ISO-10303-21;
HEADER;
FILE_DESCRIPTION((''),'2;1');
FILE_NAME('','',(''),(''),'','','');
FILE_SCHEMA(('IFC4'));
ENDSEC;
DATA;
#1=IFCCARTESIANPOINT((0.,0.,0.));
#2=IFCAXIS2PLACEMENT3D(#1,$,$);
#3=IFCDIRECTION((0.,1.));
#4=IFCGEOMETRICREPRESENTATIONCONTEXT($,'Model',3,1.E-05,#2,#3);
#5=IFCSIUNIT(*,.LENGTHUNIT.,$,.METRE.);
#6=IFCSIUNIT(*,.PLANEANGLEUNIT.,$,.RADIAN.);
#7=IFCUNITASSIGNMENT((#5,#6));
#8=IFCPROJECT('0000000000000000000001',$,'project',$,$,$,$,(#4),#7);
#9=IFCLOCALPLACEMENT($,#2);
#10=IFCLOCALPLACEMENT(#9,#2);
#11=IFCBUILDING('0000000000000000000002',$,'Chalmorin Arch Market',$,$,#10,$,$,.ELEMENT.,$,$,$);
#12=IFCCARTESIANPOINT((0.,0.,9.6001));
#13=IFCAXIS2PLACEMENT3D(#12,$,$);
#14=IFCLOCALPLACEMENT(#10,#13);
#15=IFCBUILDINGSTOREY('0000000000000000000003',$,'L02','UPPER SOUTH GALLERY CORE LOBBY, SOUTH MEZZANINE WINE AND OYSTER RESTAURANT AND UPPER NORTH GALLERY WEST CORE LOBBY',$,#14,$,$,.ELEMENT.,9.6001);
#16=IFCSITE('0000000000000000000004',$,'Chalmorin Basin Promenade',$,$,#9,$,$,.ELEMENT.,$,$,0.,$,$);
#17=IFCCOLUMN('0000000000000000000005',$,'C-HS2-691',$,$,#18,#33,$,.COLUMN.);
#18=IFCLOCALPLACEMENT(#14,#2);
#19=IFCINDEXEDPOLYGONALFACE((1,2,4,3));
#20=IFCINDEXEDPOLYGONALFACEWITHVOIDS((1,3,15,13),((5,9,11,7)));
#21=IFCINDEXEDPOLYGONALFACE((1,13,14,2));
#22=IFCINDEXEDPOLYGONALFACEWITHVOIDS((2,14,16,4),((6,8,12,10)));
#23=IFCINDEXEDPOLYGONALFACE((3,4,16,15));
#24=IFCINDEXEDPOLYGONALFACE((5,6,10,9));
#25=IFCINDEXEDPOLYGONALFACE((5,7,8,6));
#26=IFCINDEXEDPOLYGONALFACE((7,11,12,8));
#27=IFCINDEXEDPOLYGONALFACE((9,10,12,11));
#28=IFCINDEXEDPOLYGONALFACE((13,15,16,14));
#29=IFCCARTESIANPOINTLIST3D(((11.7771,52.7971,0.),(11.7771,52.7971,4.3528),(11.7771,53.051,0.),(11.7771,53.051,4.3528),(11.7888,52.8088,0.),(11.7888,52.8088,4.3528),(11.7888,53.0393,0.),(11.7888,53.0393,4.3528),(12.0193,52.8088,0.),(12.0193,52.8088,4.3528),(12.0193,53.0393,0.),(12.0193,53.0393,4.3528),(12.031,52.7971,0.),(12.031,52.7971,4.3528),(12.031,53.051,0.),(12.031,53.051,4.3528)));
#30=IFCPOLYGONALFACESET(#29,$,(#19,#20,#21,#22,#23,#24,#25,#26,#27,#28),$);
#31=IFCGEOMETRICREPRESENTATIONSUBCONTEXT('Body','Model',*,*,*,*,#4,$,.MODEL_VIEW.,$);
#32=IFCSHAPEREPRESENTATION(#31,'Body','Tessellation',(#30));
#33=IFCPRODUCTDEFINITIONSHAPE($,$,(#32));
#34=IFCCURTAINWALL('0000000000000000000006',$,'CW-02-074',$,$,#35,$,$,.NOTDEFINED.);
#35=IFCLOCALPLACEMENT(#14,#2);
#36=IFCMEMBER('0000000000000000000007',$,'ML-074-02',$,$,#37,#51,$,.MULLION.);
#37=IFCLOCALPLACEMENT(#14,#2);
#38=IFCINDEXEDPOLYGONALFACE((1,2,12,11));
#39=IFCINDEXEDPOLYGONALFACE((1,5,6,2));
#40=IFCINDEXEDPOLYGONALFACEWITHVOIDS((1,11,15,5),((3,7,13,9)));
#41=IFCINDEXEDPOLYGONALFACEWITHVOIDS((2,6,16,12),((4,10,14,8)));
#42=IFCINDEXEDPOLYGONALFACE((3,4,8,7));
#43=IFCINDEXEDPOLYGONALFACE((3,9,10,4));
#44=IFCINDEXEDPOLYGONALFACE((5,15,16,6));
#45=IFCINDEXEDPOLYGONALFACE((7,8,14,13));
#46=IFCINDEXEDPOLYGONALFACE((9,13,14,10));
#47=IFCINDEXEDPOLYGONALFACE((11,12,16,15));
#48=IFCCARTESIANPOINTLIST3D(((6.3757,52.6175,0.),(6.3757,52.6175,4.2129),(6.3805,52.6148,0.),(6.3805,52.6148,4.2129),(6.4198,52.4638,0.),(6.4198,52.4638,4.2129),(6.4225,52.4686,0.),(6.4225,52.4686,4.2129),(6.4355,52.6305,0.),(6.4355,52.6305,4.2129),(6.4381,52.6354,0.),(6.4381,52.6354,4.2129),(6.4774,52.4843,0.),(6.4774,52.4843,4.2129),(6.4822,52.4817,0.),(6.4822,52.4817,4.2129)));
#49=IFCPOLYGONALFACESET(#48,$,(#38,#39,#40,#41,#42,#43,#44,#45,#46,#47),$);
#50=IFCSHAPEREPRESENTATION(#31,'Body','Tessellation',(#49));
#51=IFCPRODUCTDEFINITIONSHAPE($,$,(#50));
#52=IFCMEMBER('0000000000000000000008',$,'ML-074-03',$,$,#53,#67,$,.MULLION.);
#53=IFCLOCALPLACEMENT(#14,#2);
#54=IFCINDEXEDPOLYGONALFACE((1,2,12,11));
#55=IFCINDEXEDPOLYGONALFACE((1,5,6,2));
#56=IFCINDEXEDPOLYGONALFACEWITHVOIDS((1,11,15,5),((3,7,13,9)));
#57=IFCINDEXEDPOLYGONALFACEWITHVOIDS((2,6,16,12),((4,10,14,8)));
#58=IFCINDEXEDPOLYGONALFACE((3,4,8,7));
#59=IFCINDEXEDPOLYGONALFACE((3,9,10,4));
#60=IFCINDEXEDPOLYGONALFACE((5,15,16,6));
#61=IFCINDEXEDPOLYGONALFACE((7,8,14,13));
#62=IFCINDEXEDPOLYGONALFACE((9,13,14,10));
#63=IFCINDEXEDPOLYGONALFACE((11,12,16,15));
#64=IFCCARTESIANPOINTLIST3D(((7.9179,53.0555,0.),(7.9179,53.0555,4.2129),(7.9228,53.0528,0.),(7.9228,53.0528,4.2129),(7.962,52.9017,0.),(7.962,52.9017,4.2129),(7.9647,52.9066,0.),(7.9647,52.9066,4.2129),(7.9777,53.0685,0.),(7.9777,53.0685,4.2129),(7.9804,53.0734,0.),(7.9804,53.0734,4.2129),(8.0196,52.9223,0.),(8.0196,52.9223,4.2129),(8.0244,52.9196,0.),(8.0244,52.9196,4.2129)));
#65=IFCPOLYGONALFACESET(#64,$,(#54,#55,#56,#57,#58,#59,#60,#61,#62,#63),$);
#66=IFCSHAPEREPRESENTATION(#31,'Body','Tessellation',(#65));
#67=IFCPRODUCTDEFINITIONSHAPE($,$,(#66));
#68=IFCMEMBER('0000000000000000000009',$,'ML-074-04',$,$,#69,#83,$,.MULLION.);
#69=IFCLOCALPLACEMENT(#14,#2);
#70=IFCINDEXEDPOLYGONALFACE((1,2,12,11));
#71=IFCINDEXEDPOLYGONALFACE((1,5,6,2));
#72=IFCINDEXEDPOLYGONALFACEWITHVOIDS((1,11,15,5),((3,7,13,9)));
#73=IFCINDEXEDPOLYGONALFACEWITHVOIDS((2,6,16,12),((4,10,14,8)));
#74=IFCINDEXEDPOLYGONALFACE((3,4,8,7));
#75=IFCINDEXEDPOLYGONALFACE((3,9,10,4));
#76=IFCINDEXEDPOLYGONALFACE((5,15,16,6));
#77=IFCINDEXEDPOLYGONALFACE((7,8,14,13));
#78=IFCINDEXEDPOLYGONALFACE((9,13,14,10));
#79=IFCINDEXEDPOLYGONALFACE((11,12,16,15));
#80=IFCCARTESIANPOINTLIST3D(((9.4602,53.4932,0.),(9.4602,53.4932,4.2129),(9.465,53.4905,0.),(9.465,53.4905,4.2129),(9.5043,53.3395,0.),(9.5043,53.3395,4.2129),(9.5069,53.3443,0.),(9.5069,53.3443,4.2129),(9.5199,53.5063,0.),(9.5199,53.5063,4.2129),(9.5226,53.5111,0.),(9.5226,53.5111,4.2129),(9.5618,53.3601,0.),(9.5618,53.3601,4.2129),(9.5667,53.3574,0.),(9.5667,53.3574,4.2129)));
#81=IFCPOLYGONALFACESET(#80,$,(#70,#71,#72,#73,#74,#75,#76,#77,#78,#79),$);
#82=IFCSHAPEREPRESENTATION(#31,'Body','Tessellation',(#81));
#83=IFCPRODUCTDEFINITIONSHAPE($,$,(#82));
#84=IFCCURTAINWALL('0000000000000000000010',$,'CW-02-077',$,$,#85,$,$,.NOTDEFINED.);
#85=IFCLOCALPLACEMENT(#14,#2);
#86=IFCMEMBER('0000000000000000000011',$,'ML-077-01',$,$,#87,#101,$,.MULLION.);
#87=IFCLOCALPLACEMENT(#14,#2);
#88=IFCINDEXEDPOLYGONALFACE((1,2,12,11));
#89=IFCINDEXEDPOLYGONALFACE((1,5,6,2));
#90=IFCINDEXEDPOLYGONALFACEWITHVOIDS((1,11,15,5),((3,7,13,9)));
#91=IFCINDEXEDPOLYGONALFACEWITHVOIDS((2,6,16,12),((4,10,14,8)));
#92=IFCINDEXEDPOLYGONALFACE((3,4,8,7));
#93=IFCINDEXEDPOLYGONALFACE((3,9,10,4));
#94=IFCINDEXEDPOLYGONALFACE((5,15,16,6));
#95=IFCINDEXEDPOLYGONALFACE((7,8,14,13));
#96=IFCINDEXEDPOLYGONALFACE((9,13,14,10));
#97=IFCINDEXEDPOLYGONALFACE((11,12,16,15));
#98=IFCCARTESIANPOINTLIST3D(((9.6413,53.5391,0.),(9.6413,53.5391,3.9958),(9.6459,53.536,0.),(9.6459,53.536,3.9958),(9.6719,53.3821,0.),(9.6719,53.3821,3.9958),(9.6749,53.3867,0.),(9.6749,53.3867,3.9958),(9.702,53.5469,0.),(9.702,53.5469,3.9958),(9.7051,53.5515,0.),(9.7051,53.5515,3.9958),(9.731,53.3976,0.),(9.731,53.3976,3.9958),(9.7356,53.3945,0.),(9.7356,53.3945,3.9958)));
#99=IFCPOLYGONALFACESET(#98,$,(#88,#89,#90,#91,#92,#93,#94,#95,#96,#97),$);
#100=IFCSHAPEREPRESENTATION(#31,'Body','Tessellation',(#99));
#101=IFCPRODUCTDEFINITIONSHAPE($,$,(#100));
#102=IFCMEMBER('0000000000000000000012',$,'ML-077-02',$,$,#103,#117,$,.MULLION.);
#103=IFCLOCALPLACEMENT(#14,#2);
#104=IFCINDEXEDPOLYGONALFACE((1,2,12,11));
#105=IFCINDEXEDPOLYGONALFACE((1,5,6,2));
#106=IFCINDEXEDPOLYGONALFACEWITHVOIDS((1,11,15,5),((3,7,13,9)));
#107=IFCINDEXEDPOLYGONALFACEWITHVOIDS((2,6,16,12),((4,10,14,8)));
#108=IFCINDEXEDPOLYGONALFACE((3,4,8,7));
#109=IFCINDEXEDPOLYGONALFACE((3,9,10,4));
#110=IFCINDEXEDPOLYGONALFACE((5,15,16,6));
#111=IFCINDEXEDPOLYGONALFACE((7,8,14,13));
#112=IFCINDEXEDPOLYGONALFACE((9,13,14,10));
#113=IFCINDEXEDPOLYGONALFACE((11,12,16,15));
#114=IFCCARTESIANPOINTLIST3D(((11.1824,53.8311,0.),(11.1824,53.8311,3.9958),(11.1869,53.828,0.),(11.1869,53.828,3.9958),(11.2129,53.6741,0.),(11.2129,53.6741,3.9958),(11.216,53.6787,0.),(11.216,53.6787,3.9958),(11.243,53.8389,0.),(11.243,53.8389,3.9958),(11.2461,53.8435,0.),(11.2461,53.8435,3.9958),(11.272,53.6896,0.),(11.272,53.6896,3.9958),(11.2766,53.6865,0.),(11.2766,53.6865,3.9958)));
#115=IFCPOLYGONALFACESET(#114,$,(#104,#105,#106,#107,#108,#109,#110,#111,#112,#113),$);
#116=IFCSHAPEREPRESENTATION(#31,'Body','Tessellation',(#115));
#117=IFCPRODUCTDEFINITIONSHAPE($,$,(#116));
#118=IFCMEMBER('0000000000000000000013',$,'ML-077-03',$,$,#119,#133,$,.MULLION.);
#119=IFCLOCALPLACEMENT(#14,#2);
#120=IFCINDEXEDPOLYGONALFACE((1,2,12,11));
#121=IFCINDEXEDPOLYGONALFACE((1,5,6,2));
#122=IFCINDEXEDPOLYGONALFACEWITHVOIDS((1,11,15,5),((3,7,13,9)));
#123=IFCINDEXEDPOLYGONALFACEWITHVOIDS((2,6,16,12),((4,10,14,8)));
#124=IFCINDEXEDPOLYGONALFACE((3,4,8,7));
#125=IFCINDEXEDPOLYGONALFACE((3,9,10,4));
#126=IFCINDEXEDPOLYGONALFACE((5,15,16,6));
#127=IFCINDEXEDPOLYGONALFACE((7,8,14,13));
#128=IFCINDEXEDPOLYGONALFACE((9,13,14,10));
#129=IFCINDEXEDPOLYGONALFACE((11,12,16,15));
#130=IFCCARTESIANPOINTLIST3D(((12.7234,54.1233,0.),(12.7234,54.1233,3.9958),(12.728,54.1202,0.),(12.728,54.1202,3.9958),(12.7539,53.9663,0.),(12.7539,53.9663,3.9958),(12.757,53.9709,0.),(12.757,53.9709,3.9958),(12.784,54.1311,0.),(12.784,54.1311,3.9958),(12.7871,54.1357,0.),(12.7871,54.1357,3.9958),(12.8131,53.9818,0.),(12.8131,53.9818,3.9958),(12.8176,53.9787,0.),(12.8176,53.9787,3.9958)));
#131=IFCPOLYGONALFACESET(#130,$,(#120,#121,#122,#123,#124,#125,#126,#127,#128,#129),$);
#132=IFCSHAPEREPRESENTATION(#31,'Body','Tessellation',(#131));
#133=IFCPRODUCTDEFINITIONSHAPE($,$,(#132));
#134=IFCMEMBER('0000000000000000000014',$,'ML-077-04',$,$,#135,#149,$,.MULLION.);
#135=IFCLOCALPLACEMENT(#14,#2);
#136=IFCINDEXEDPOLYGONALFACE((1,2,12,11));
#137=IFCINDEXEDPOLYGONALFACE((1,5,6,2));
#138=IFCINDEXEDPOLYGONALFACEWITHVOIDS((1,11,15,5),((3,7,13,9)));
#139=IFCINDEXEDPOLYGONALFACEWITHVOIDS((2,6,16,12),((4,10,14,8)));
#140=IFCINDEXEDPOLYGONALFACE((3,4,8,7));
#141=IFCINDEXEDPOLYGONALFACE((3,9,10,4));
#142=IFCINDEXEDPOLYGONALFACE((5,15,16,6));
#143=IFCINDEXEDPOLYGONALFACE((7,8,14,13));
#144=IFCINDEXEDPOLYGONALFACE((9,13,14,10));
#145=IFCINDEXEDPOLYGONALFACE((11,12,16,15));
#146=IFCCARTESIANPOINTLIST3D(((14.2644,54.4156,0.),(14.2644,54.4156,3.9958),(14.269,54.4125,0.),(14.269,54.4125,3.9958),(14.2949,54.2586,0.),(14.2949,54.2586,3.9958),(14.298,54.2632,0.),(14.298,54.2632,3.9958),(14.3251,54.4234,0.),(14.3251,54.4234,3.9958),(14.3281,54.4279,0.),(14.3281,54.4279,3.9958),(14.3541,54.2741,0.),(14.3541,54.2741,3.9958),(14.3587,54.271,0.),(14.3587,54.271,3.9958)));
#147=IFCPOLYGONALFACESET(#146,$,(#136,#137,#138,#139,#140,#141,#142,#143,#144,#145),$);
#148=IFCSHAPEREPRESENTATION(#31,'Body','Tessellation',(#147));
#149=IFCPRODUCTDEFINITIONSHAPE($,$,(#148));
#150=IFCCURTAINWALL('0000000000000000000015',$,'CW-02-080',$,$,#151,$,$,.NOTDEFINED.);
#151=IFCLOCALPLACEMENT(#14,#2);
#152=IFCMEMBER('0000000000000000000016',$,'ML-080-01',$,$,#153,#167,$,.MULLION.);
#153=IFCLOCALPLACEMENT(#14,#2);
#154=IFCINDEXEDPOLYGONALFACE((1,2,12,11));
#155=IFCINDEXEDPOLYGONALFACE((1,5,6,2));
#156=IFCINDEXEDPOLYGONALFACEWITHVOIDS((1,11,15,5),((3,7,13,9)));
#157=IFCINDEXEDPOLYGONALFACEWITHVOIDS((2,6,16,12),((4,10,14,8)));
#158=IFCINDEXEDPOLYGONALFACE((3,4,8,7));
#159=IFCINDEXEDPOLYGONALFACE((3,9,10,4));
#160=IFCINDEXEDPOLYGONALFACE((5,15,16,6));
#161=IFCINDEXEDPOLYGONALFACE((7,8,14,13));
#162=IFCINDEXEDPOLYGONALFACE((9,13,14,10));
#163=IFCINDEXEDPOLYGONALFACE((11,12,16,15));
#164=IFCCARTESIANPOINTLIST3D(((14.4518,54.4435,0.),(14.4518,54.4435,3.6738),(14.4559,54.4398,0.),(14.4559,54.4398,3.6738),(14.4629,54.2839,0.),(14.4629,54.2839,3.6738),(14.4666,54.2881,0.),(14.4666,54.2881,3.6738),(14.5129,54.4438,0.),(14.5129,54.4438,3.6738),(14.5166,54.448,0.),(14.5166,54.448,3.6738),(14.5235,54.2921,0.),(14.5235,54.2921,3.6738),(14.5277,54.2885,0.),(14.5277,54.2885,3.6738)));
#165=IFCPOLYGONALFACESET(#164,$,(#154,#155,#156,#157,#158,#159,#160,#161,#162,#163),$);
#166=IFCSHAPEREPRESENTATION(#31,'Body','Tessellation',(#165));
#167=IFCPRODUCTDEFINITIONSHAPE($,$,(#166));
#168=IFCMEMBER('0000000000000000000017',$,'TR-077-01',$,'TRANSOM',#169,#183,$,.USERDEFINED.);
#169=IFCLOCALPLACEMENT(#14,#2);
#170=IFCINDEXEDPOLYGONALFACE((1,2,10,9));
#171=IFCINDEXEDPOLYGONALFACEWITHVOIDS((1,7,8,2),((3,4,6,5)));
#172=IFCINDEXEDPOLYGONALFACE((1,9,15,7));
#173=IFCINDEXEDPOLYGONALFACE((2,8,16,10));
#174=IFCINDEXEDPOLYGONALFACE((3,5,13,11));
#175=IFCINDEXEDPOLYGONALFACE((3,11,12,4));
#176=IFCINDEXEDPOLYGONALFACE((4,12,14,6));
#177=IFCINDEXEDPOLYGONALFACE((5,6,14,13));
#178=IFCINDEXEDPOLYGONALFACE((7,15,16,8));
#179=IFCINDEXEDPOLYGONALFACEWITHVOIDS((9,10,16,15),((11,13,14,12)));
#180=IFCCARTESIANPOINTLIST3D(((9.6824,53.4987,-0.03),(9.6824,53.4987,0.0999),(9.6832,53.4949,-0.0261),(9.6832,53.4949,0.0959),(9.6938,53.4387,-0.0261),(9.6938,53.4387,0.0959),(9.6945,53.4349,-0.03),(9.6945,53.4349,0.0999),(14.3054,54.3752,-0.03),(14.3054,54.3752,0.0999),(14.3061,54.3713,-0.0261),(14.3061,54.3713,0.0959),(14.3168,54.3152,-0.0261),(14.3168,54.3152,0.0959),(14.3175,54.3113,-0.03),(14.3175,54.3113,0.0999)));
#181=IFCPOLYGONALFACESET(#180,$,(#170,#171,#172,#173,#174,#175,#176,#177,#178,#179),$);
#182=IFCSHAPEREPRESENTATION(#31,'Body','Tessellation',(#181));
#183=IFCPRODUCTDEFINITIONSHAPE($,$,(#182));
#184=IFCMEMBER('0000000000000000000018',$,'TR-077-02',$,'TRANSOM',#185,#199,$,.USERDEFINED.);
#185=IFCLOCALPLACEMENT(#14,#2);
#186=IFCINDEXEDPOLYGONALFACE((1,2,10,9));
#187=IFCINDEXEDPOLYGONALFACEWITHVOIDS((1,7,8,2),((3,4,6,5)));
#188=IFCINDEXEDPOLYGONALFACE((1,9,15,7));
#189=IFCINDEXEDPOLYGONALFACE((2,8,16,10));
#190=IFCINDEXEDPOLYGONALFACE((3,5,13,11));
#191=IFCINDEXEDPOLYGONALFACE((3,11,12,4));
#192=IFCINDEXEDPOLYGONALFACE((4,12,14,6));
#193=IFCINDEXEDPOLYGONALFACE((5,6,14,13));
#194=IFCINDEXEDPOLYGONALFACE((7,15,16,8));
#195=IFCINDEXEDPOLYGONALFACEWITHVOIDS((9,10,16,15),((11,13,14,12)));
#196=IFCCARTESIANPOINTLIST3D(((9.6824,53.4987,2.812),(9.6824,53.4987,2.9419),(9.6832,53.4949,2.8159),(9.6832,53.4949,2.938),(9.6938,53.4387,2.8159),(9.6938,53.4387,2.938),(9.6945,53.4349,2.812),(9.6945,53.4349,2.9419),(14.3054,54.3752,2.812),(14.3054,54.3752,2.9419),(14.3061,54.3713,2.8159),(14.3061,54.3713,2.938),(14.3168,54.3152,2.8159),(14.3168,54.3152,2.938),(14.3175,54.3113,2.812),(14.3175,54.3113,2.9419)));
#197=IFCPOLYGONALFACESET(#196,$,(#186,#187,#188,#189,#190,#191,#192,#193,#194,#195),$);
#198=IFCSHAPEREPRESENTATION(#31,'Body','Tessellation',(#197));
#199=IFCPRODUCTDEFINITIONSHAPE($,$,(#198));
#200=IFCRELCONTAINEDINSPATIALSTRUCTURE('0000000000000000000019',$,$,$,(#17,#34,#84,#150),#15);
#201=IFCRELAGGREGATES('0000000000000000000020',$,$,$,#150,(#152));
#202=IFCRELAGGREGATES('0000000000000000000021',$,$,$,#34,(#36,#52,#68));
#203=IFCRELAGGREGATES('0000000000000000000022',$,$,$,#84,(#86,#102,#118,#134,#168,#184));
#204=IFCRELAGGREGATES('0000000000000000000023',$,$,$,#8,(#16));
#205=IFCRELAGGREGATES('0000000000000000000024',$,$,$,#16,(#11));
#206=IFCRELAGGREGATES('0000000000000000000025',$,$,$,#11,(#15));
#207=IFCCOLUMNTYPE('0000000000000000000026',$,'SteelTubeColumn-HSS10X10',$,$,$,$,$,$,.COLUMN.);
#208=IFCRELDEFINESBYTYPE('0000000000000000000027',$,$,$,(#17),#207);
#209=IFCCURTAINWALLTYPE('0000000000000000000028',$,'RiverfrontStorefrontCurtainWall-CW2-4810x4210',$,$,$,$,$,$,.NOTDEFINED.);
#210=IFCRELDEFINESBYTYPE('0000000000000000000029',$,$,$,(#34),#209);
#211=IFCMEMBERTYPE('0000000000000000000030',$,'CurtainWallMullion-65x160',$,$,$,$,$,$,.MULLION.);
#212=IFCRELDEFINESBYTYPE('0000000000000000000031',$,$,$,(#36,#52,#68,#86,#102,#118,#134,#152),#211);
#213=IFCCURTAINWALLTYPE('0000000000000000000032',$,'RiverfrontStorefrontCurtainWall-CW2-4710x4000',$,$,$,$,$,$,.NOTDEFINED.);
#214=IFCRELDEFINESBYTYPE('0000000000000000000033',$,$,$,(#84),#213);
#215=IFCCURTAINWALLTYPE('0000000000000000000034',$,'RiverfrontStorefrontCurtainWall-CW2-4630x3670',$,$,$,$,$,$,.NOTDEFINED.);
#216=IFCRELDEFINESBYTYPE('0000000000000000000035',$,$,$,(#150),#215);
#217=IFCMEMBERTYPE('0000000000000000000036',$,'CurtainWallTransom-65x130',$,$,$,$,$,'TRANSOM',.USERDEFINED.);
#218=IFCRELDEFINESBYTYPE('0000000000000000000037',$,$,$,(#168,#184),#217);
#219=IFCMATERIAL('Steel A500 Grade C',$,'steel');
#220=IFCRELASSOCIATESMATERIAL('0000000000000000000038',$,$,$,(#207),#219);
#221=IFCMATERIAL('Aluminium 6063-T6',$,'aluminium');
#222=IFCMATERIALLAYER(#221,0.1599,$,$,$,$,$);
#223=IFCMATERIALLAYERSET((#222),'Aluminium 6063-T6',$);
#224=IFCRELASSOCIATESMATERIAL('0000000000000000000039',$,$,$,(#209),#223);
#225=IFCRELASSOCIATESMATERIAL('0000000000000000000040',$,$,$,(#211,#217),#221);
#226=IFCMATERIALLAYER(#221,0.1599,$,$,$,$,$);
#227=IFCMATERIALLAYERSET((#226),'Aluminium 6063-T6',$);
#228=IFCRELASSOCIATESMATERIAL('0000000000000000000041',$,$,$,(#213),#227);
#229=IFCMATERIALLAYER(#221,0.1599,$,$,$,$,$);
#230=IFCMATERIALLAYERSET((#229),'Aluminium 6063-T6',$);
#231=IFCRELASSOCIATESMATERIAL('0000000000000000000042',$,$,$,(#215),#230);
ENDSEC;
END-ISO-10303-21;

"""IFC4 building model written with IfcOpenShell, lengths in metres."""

from ifc_helpers import new_model, si_unit, direction, frame, origin, origin_2d, place, context, subcontext, project, spatial, hollow_rectangle, extrude, material, layer, layer_set, material_profile, profile_set, type_object, element, aggregate, save


model = new_model("IFC4")

# Units and contexts
model_context = context("Model", 3, precision=1e-05, world=origin(), true_north=direction((0.0, 1.0)))
body_context = subcontext(model_context, "Body", "Model", "MODEL_VIEW")
ifc_project = project(units=[si_unit("LENGTHUNIT", "METRE"), si_unit("PLANEANGLEUNIT", "RADIAN")], contexts=[model_context])

# Site, building, storey
site_placement = place(None, origin())
site = spatial("IfcSite", under=ifc_project, at=site_placement, Name="Chalmorin Basin Promenade", CompositionType="ELEMENT", RefElevation=0.0)
building_placement = place(site_placement, origin())
building = spatial("IfcBuilding", under=site, at=building_placement, Name="Chalmorin Arch Market", CompositionType="ELEMENT")
storey_placement = place(building_placement, frame((0.0, 0.0, 9.6001)))
storey = spatial("IfcBuildingStorey", under=building, at=storey_placement, Name="L02", Description="UPPER SOUTH GALLERY CORE LOBBY, SOUTH MEZZANINE WINE AND OYSTER RESTAURANT AND UPPER NORTH GALLERY WEST CORE LOBBY", CompositionType="ELEMENT", Elevation=9.6001)

# Column
ifc_material_1 = material(Name="Steel A500 Grade C", Category="steel")
ifc_material_profile_1 = material_profile(ifc_material_1, hollow_rectangle(XDim=0.2539, YDim=0.2539, WallThickness=0.0117, at=origin_2d()), Name="HSS10X10X1/2")
ifc_profile_set_1 = profile_set([ifc_material_profile_1], Name="Steel A500 Grade C")
column_type = type_object("IfcColumnType", Name="SteelTubeColumn-HSS10X10", PredefinedType="COLUMN", material=ifc_profile_set_1)
column_placement = place(storey_placement, frame((11.9041, 52.9241, 0.0), z_axis=(0.0, 0.0, 1.0), x_axis=(1.0, 0.0, 0.0)))
element("IfcColumn", 1, at=column_placement, inside=storey, type_object=column_type, Name="C-HS2-691", PredefinedType="COLUMN", context=body_context, shape_type="SweptSolid", body=[
    extrude(hollow_rectangle(XDim=0.2539, YDim=0.2539, WallThickness=0.0117, at=origin_2d()), origin(), (0.0, 0.0, 1.0), 4.3528),
])

# Curtain walls, members
ifc_material_2 = material(Name="Aluminium 6063-T6", Category="aluminium")
ifc_layer_1 = layer(ifc_material_2, 0.1599)
ifc_layer_set_1 = layer_set([ifc_layer_1], Name="Aluminium 6063-T6")
curtain_wall_type_1 = type_object("IfcCurtainWallType", Name="RiverfrontStorefrontCurtainWall-CW2-4810x4210", PredefinedType="NOTDEFINED", material=ifc_layer_set_1)
curtain_wall_1_placement = place(storey_placement, origin())
curtain_wall_1 = element("IfcCurtainWall", 2, at=curtain_wall_1_placement, inside=storey, type_object=curtain_wall_type_1, Name="CW-02-074", PredefinedType="NOTDEFINED")
ifc_material_profile_2 = material_profile(ifc_material_2, hollow_rectangle(XDim=0.0649, YDim=0.1599, WallThickness=0.0039, at=origin_2d()), Name="ALU65X160X4")
ifc_profile_set_2 = profile_set([ifc_material_profile_2], Name="Aluminium 6063-T6")
member_type_1 = type_object("IfcMemberType", Name="CurtainWallMullion-65x160", PredefinedType="MULLION", material=ifc_profile_set_2)
member_1_placement = place(storey_placement, frame((6.429, 52.5496, 0.0), z_axis=(0.0, 0.0, 1.0), x_axis=(0.961262, 0.275637, 0.0)))
member_1 = element("IfcMember", 3, at=member_1_placement, type_object=member_type_1, Name="ML-074-02", PredefinedType="MULLION", context=body_context, shape_type="SweptSolid", body=[
    extrude(hollow_rectangle(XDim=0.0649, YDim=0.1599, WallThickness=0.0039, at=origin_2d()), origin(), (0.0, 0.0, 1.0), 4.2129),
])
member_2_placement = place(storey_placement, frame((7.9712, 52.9875, 0.0), z_axis=(0.0, 0.0, 1.0), x_axis=(0.961262, 0.275637, 0.0)))
member_2 = element("IfcMember", 4, at=member_2_placement, type_object=member_type_1, Name="ML-074-03", PredefinedType="MULLION", context=body_context, shape_type="SweptSolid", body=[
    extrude(hollow_rectangle(XDim=0.0649, YDim=0.1599, WallThickness=0.0039, at=origin_2d()), origin(), (0.0, 0.0, 1.0), 4.2129),
])
member_3_placement = place(storey_placement, frame((9.5134, 53.4253, 0.0), z_axis=(0.0, 0.0, 1.0), x_axis=(0.961262, 0.275637, 0.0)))
member_3 = element("IfcMember", 5, at=member_3_placement, type_object=member_type_1, Name="ML-074-04", PredefinedType="MULLION", context=body_context, shape_type="SweptSolid", body=[
    extrude(hollow_rectangle(XDim=0.0649, YDim=0.1599, WallThickness=0.0039, at=origin_2d()), origin(), (0.0, 0.0, 1.0), 4.2129),
])
ifc_layer_2 = layer(ifc_material_2, 0.1599)
ifc_layer_set_2 = layer_set([ifc_layer_2], Name="Aluminium 6063-T6")
curtain_wall_type_2 = type_object("IfcCurtainWallType", Name="RiverfrontStorefrontCurtainWall-CW2-4710x4000", PredefinedType="NOTDEFINED", material=ifc_layer_set_2)
curtain_wall_2_placement = place(storey_placement, origin())
curtain_wall_2 = element("IfcCurtainWall", 6, at=curtain_wall_2_placement, inside=storey, type_object=curtain_wall_type_2, Name="CW-02-077", PredefinedType="NOTDEFINED")
member_4_placement = place(storey_placement, frame((9.6885, 53.4668, 0.0), z_axis=(0.0, 0.0, 1.0), x_axis=(0.981627, 0.190809, 0.0)))
member_4 = element("IfcMember", 7, at=member_4_placement, type_object=member_type_1, Name="ML-077-01", PredefinedType="MULLION", context=body_context, shape_type="SweptSolid", body=[
    extrude(hollow_rectangle(XDim=0.0649, YDim=0.1599, WallThickness=0.0039, at=origin_2d()), origin(), (0.0, 0.0, 1.0), 3.9958),
])
member_5_placement = place(storey_placement, frame((11.2295, 53.7588, 0.0), z_axis=(0.0, 0.0, 1.0), x_axis=(0.981627, 0.190809, 0.0)))
member_5 = element("IfcMember", 8, at=member_5_placement, type_object=member_type_1, Name="ML-077-02", PredefinedType="MULLION", context=body_context, shape_type="SweptSolid", body=[
    extrude(hollow_rectangle(XDim=0.0649, YDim=0.1599, WallThickness=0.0039, at=origin_2d()), origin(), (0.0, 0.0, 1.0), 3.9958),
])
member_6_placement = place(storey_placement, frame((12.7705, 54.051, 0.0), z_axis=(0.0, 0.0, 1.0), x_axis=(0.981627, 0.190809, 0.0)))
member_6 = element("IfcMember", 9, at=member_6_placement, type_object=member_type_1, Name="ML-077-03", PredefinedType="MULLION", context=body_context, shape_type="SweptSolid", body=[
    extrude(hollow_rectangle(XDim=0.0649, YDim=0.1599, WallThickness=0.0039, at=origin_2d()), origin(), (0.0, 0.0, 1.0), 3.9958),
])
member_7_placement = place(storey_placement, frame((14.3115, 54.3433, 0.0), z_axis=(0.0, 0.0, 1.0), x_axis=(0.981627, 0.190809, 0.0)))
member_7 = element("IfcMember", 10, at=member_7_placement, type_object=member_type_1, Name="ML-077-04", PredefinedType="MULLION", context=body_context, shape_type="SweptSolid", body=[
    extrude(hollow_rectangle(XDim=0.0649, YDim=0.1599, WallThickness=0.0039, at=origin_2d()), origin(), (0.0, 0.0, 1.0), 3.9958),
])

# Curtain wall, member
ifc_layer_3 = layer(ifc_material_2, 0.1599)
ifc_layer_set_3 = layer_set([ifc_layer_3], Name="Aluminium 6063-T6")
curtain_wall_type_3 = type_object("IfcCurtainWallType", Name="RiverfrontStorefrontCurtainWall-CW2-4630x3670", PredefinedType="NOTDEFINED", material=ifc_layer_set_3)
curtain_wall_3_placement = place(storey_placement, origin())
curtain_wall_3 = element("IfcCurtainWall", 11, at=curtain_wall_3_placement, inside=storey, type_object=curtain_wall_type_3, Name="CW-02-080", PredefinedType="NOTDEFINED")
member_8_placement = place(storey_placement, frame((14.4897, 54.366, 0.0), z_axis=(0.0, 0.0, 1.0), x_axis=(0.997564, 0.069756, 0.0)))
member_8 = element("IfcMember", 12, at=member_8_placement, type_object=member_type_1, Name="ML-080-01", PredefinedType="MULLION", context=body_context, shape_type="SweptSolid", body=[
    extrude(hollow_rectangle(XDim=0.0649, YDim=0.1599, WallThickness=0.0039, at=origin_2d()), origin(), (0.0, 0.0, 1.0), 3.6738),
])

# Members
ifc_material_profile_3 = material_profile(ifc_material_2, hollow_rectangle(XDim=0.0649, YDim=0.1299, WallThickness=0.0039, at=origin_2d()), Name="ALU65X130X4")
ifc_profile_set_3 = profile_set([ifc_material_profile_3], Name="Aluminium 6063-T6")
member_type_2 = type_object("IfcMemberType", Name="CurtainWallTransom-65x130", ElementType="TRANSOM", PredefinedType="USERDEFINED", material=ifc_profile_set_3)
member_9_placement = place(storey_placement, frame((9.6885, 53.4668, 0.0349), z_axis=(0.982499, 0.186268, 0.0), x_axis=(-0.186268, 0.982499, 0.0)))
member_9 = element("IfcMember", 13, at=member_9_placement, type_object=member_type_2, Name="TR-077-01", ObjectType="TRANSOM", PredefinedType="USERDEFINED", context=body_context, shape_type="SweptSolid", body=[
    extrude(hollow_rectangle(XDim=0.0649, YDim=0.1299, WallThickness=0.0039, at=origin_2d()), origin(), (0.0, 0.0, 1.0), 4.7053),
])
member_10_placement = place(storey_placement, frame((9.6885, 53.4668, 2.877), z_axis=(0.982499, 0.186268, 0.0), x_axis=(-0.186268, 0.982499, 0.0)))
member_10 = element("IfcMember", 14, at=member_10_placement, type_object=member_type_2, Name="TR-077-02", ObjectType="TRANSOM", PredefinedType="USERDEFINED", context=body_context, shape_type="SweptSolid", body=[
    extrude(hollow_rectangle(XDim=0.0649, YDim=0.1299, WallThickness=0.0039, at=origin_2d()), origin(), (0.0, 0.0, 1.0), 4.7053),
])
aggregate(curtain_wall_3, [member_8])

aggregate(curtain_wall_1, [member_1, member_2, member_3])
aggregate(curtain_wall_2, [member_4, member_5, member_6, member_7, member_9, member_10])

save(model, "model.ifc")
